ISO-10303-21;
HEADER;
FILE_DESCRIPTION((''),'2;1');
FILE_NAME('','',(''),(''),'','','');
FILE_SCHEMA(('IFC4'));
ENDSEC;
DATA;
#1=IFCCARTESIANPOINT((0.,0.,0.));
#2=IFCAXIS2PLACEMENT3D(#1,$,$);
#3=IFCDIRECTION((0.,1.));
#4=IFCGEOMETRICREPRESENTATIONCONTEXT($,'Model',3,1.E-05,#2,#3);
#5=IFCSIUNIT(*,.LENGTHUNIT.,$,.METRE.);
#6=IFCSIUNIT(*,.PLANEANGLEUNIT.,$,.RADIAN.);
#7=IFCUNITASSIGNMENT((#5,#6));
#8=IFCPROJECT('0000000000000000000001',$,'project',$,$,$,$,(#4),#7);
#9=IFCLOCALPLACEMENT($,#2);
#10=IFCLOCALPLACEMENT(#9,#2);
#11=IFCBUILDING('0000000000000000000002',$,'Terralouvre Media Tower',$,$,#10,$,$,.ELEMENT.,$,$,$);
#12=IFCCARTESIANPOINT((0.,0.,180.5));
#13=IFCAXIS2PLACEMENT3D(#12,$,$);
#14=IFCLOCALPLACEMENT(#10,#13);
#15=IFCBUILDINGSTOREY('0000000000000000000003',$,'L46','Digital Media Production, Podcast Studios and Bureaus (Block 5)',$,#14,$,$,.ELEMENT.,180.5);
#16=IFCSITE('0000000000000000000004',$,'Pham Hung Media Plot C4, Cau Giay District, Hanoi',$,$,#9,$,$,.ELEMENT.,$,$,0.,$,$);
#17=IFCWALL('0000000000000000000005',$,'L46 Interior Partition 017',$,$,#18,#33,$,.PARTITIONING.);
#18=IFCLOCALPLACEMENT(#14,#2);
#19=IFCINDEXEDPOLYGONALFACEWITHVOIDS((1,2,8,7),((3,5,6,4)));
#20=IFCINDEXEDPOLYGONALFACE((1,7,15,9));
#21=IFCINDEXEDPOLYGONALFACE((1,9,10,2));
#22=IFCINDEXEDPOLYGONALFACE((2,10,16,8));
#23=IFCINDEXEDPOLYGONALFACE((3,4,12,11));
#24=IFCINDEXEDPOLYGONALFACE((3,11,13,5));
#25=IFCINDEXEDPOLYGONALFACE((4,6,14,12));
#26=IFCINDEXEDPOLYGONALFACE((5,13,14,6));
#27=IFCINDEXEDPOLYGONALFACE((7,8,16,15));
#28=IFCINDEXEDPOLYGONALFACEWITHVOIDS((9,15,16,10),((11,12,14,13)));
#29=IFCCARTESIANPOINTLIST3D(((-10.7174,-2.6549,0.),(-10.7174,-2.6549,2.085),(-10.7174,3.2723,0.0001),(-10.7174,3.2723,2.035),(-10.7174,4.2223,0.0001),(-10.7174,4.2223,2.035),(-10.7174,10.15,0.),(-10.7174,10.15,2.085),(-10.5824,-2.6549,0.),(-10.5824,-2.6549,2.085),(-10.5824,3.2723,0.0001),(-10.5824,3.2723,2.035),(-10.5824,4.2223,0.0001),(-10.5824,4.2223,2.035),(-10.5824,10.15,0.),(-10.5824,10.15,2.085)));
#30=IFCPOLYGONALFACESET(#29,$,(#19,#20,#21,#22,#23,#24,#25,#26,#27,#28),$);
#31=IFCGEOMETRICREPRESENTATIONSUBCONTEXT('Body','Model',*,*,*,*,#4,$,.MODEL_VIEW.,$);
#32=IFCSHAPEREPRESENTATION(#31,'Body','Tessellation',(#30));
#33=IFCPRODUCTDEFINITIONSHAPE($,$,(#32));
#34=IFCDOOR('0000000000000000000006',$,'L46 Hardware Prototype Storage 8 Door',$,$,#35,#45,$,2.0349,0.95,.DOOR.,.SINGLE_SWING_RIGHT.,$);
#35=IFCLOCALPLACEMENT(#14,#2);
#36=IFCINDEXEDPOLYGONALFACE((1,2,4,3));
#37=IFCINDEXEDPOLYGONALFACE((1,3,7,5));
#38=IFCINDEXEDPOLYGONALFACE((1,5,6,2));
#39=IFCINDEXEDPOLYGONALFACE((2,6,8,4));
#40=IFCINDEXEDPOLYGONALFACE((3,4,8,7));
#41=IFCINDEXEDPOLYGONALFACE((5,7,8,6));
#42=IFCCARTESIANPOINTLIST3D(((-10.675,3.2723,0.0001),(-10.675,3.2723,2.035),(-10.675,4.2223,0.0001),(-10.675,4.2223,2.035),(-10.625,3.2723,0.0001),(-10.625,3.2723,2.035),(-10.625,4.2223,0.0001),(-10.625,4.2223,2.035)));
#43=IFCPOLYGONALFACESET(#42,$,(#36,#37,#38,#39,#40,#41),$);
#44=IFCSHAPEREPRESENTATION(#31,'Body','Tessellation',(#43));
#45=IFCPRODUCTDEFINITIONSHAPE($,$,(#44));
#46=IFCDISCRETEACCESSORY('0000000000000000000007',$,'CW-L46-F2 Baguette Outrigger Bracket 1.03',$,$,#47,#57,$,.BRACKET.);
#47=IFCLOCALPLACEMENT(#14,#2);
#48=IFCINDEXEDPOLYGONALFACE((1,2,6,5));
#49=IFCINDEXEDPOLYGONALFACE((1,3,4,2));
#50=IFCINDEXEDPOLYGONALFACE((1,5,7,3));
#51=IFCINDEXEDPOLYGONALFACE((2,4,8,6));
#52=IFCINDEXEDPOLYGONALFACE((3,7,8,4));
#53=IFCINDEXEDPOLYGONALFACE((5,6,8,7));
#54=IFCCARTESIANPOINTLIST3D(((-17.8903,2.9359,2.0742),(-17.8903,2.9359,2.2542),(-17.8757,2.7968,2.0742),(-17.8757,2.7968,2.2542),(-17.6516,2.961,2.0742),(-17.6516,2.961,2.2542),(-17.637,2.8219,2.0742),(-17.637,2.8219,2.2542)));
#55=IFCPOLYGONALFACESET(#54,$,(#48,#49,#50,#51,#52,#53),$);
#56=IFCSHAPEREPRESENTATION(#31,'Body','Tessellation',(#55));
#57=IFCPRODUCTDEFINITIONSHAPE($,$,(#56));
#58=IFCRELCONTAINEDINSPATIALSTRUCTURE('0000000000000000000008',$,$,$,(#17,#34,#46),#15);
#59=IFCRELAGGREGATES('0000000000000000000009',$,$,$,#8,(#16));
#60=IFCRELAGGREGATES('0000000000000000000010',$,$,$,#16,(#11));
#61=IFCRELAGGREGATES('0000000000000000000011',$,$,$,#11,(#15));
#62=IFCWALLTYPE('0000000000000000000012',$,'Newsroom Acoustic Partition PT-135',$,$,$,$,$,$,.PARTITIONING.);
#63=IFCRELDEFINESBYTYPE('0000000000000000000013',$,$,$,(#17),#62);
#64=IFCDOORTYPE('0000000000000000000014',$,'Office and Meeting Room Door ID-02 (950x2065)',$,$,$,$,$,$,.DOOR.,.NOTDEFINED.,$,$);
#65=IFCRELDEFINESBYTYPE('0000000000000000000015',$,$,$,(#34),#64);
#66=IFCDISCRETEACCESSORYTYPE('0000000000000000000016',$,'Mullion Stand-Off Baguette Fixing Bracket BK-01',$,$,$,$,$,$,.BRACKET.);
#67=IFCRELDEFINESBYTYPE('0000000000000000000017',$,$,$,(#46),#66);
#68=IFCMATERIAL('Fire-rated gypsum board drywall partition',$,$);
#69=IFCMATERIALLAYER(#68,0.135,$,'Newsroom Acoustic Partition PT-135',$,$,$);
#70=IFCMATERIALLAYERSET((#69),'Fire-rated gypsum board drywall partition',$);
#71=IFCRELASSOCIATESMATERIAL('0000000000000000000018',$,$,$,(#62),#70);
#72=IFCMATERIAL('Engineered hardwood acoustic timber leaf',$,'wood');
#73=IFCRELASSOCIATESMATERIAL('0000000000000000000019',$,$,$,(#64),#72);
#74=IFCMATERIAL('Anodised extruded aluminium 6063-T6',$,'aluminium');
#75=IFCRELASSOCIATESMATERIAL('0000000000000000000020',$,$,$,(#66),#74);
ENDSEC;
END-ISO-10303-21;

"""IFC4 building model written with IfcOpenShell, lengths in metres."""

from ifc_helpers import new_model, si_unit, direction, frame, frame_2d, origin, origin_2d, place, context, subcontext, project, spatial, rectangle, extrude, material, layer, layer_set, type_object, element, fill, save


model = new_model("IFC4")

# Units and contexts
model_context = context("Model", 3, precision=1e-05, world=origin(), true_north=direction((0.0, 1.0)))
body_context = subcontext(model_context, "Body", "Model", "MODEL_VIEW")
ifc_project = project(units=[si_unit("LENGTHUNIT", "METRE"), si_unit("PLANEANGLEUNIT", "RADIAN")], contexts=[model_context])

# Site, building, storey
site_placement = place(None, origin())
site = spatial("IfcSite", under=ifc_project, at=site_placement, Name="Pham Hung Media Plot C4, Cau Giay District, Hanoi", CompositionType="ELEMENT", RefElevation=0.0)
building_placement = place(site_placement, origin())
building = spatial("IfcBuilding", under=site, at=building_placement, Name="Terralouvre Media Tower", CompositionType="ELEMENT")
storey_placement = place(building_placement, frame((0.0, 0.0, 180.5)))
storey = spatial("IfcBuildingStorey", under=building, at=storey_placement, Name="L46", Description="Digital Media Production, Podcast Studios and Bureaus (Block 5)", CompositionType="ELEMENT", Elevation=180.5)

# Shared definitions
ifc_material_1 = material(Name="Fire-rated gypsum board drywall partition")
ifc_layer_1 = layer(ifc_material_1, 0.135, Name="Newsroom Acoustic Partition PT-135")
ifc_layer_set_1 = layer_set([ifc_layer_1], Name="Fire-rated gypsum board drywall partition")
wall_type = type_object("IfcWallType", Name="Newsroom Acoustic Partition PT-135", PredefinedType="PARTITIONING", material=ifc_layer_set_1)

# Wall, opening, door
wall_1_placement = place(storey_placement, frame((-10.6499, 10.1499, 0.0), z_axis=(0.0, 0.0, 1.0), x_axis=(0.0, -1.0, 0.0)))
wall_1 = element("IfcWall", 1, at=wall_1_placement, inside=storey, type_object=wall_type, Name="L46 Interior Partition 017", PredefinedType="PARTITIONING", context=body_context, shape_type="SweptSolid", body=[
    extrude(rectangle(XDim=12.8049, YDim=0.135, at=frame_2d((6.4023, 0.0))), origin(), (0.0, 0.0, 1.0), 2.085),
])
opening_placement = place(wall_1_placement, frame((5.9275, 0.0, 0.0)))
opening = element("IfcOpeningElement", 2, at=opening_placement, cuts=wall_1, PredefinedType="OPENING", context=body_context, shape_type="SweptSolid", body=[
    extrude(rectangle(XDim=0.95, YDim=2.0349, at=frame_2d((0.4751, 1.0176))), frame((0.0, 0.0774, 0.0), z_axis=(0.0, -1.0, 0.0), x_axis=(1.0, 0.0, 0.0)), (0.0, 0.0, 1.0), 0.155),
])
ifc_material_2 = material(Name="Engineered hardwood acoustic timber leaf", Category="wood")
door_type = type_object("IfcDoorType", Name="Office and Meeting Room Door ID-02 (950x2065)", OperationType="NOTDEFINED", PredefinedType="DOOR", material=ifc_material_2)
door_placement = place(opening_placement, origin())
door = element("IfcDoor", 3, at=door_placement, inside=storey, type_object=door_type, Name="L46 Hardware Prototype Storage 8 Door", OperationType="SINGLE_SWING_RIGHT", OverallHeight=2.0349, OverallWidth=0.95, PredefinedType="DOOR", context=body_context, shape_type="SweptSolid", body=[
    extrude(rectangle(XDim=0.95, YDim=2.0349, at=frame_2d((0.4751, 1.0176))), frame((0.0, 0.0249, 0.0), z_axis=(0.0, -1.0, 0.0), x_axis=(1.0, 0.0, 0.0)), (0.0, 0.0, 1.0), 0.05),
])
fill(opening, door)

# Discrete accessory
ifc_material_3 = material(Name="Anodised extruded aluminium 6063-T6", Category="aluminium")
discrete_accessory_type = type_object("IfcDiscreteAccessoryType", Name="Mullion Stand-Off Baguette Fixing Bracket BK-01", PredefinedType="BRACKET", material=ifc_material_3)
discrete_accessory_placement = place(storey_placement, frame((-17.7637, 2.8789, 2.0742), z_axis=(0.0, 0.0, 1.0), x_axis=(0.104528, -0.994522, 0.0)))
element("IfcDiscreteAccessory", 4, at=discrete_accessory_placement, inside=storey, type_object=discrete_accessory_type, Name="CW-L46-F2 Baguette Outrigger Bracket 1.03", PredefinedType="BRACKET", context=body_context, shape_type="SweptSolid", body=[
    extrude(rectangle(XDim=0.1399, YDim=0.24, at=origin_2d()), origin(), (0.0, 0.0, 1.0), 0.1799),
])

save(model, "model.ifc")
